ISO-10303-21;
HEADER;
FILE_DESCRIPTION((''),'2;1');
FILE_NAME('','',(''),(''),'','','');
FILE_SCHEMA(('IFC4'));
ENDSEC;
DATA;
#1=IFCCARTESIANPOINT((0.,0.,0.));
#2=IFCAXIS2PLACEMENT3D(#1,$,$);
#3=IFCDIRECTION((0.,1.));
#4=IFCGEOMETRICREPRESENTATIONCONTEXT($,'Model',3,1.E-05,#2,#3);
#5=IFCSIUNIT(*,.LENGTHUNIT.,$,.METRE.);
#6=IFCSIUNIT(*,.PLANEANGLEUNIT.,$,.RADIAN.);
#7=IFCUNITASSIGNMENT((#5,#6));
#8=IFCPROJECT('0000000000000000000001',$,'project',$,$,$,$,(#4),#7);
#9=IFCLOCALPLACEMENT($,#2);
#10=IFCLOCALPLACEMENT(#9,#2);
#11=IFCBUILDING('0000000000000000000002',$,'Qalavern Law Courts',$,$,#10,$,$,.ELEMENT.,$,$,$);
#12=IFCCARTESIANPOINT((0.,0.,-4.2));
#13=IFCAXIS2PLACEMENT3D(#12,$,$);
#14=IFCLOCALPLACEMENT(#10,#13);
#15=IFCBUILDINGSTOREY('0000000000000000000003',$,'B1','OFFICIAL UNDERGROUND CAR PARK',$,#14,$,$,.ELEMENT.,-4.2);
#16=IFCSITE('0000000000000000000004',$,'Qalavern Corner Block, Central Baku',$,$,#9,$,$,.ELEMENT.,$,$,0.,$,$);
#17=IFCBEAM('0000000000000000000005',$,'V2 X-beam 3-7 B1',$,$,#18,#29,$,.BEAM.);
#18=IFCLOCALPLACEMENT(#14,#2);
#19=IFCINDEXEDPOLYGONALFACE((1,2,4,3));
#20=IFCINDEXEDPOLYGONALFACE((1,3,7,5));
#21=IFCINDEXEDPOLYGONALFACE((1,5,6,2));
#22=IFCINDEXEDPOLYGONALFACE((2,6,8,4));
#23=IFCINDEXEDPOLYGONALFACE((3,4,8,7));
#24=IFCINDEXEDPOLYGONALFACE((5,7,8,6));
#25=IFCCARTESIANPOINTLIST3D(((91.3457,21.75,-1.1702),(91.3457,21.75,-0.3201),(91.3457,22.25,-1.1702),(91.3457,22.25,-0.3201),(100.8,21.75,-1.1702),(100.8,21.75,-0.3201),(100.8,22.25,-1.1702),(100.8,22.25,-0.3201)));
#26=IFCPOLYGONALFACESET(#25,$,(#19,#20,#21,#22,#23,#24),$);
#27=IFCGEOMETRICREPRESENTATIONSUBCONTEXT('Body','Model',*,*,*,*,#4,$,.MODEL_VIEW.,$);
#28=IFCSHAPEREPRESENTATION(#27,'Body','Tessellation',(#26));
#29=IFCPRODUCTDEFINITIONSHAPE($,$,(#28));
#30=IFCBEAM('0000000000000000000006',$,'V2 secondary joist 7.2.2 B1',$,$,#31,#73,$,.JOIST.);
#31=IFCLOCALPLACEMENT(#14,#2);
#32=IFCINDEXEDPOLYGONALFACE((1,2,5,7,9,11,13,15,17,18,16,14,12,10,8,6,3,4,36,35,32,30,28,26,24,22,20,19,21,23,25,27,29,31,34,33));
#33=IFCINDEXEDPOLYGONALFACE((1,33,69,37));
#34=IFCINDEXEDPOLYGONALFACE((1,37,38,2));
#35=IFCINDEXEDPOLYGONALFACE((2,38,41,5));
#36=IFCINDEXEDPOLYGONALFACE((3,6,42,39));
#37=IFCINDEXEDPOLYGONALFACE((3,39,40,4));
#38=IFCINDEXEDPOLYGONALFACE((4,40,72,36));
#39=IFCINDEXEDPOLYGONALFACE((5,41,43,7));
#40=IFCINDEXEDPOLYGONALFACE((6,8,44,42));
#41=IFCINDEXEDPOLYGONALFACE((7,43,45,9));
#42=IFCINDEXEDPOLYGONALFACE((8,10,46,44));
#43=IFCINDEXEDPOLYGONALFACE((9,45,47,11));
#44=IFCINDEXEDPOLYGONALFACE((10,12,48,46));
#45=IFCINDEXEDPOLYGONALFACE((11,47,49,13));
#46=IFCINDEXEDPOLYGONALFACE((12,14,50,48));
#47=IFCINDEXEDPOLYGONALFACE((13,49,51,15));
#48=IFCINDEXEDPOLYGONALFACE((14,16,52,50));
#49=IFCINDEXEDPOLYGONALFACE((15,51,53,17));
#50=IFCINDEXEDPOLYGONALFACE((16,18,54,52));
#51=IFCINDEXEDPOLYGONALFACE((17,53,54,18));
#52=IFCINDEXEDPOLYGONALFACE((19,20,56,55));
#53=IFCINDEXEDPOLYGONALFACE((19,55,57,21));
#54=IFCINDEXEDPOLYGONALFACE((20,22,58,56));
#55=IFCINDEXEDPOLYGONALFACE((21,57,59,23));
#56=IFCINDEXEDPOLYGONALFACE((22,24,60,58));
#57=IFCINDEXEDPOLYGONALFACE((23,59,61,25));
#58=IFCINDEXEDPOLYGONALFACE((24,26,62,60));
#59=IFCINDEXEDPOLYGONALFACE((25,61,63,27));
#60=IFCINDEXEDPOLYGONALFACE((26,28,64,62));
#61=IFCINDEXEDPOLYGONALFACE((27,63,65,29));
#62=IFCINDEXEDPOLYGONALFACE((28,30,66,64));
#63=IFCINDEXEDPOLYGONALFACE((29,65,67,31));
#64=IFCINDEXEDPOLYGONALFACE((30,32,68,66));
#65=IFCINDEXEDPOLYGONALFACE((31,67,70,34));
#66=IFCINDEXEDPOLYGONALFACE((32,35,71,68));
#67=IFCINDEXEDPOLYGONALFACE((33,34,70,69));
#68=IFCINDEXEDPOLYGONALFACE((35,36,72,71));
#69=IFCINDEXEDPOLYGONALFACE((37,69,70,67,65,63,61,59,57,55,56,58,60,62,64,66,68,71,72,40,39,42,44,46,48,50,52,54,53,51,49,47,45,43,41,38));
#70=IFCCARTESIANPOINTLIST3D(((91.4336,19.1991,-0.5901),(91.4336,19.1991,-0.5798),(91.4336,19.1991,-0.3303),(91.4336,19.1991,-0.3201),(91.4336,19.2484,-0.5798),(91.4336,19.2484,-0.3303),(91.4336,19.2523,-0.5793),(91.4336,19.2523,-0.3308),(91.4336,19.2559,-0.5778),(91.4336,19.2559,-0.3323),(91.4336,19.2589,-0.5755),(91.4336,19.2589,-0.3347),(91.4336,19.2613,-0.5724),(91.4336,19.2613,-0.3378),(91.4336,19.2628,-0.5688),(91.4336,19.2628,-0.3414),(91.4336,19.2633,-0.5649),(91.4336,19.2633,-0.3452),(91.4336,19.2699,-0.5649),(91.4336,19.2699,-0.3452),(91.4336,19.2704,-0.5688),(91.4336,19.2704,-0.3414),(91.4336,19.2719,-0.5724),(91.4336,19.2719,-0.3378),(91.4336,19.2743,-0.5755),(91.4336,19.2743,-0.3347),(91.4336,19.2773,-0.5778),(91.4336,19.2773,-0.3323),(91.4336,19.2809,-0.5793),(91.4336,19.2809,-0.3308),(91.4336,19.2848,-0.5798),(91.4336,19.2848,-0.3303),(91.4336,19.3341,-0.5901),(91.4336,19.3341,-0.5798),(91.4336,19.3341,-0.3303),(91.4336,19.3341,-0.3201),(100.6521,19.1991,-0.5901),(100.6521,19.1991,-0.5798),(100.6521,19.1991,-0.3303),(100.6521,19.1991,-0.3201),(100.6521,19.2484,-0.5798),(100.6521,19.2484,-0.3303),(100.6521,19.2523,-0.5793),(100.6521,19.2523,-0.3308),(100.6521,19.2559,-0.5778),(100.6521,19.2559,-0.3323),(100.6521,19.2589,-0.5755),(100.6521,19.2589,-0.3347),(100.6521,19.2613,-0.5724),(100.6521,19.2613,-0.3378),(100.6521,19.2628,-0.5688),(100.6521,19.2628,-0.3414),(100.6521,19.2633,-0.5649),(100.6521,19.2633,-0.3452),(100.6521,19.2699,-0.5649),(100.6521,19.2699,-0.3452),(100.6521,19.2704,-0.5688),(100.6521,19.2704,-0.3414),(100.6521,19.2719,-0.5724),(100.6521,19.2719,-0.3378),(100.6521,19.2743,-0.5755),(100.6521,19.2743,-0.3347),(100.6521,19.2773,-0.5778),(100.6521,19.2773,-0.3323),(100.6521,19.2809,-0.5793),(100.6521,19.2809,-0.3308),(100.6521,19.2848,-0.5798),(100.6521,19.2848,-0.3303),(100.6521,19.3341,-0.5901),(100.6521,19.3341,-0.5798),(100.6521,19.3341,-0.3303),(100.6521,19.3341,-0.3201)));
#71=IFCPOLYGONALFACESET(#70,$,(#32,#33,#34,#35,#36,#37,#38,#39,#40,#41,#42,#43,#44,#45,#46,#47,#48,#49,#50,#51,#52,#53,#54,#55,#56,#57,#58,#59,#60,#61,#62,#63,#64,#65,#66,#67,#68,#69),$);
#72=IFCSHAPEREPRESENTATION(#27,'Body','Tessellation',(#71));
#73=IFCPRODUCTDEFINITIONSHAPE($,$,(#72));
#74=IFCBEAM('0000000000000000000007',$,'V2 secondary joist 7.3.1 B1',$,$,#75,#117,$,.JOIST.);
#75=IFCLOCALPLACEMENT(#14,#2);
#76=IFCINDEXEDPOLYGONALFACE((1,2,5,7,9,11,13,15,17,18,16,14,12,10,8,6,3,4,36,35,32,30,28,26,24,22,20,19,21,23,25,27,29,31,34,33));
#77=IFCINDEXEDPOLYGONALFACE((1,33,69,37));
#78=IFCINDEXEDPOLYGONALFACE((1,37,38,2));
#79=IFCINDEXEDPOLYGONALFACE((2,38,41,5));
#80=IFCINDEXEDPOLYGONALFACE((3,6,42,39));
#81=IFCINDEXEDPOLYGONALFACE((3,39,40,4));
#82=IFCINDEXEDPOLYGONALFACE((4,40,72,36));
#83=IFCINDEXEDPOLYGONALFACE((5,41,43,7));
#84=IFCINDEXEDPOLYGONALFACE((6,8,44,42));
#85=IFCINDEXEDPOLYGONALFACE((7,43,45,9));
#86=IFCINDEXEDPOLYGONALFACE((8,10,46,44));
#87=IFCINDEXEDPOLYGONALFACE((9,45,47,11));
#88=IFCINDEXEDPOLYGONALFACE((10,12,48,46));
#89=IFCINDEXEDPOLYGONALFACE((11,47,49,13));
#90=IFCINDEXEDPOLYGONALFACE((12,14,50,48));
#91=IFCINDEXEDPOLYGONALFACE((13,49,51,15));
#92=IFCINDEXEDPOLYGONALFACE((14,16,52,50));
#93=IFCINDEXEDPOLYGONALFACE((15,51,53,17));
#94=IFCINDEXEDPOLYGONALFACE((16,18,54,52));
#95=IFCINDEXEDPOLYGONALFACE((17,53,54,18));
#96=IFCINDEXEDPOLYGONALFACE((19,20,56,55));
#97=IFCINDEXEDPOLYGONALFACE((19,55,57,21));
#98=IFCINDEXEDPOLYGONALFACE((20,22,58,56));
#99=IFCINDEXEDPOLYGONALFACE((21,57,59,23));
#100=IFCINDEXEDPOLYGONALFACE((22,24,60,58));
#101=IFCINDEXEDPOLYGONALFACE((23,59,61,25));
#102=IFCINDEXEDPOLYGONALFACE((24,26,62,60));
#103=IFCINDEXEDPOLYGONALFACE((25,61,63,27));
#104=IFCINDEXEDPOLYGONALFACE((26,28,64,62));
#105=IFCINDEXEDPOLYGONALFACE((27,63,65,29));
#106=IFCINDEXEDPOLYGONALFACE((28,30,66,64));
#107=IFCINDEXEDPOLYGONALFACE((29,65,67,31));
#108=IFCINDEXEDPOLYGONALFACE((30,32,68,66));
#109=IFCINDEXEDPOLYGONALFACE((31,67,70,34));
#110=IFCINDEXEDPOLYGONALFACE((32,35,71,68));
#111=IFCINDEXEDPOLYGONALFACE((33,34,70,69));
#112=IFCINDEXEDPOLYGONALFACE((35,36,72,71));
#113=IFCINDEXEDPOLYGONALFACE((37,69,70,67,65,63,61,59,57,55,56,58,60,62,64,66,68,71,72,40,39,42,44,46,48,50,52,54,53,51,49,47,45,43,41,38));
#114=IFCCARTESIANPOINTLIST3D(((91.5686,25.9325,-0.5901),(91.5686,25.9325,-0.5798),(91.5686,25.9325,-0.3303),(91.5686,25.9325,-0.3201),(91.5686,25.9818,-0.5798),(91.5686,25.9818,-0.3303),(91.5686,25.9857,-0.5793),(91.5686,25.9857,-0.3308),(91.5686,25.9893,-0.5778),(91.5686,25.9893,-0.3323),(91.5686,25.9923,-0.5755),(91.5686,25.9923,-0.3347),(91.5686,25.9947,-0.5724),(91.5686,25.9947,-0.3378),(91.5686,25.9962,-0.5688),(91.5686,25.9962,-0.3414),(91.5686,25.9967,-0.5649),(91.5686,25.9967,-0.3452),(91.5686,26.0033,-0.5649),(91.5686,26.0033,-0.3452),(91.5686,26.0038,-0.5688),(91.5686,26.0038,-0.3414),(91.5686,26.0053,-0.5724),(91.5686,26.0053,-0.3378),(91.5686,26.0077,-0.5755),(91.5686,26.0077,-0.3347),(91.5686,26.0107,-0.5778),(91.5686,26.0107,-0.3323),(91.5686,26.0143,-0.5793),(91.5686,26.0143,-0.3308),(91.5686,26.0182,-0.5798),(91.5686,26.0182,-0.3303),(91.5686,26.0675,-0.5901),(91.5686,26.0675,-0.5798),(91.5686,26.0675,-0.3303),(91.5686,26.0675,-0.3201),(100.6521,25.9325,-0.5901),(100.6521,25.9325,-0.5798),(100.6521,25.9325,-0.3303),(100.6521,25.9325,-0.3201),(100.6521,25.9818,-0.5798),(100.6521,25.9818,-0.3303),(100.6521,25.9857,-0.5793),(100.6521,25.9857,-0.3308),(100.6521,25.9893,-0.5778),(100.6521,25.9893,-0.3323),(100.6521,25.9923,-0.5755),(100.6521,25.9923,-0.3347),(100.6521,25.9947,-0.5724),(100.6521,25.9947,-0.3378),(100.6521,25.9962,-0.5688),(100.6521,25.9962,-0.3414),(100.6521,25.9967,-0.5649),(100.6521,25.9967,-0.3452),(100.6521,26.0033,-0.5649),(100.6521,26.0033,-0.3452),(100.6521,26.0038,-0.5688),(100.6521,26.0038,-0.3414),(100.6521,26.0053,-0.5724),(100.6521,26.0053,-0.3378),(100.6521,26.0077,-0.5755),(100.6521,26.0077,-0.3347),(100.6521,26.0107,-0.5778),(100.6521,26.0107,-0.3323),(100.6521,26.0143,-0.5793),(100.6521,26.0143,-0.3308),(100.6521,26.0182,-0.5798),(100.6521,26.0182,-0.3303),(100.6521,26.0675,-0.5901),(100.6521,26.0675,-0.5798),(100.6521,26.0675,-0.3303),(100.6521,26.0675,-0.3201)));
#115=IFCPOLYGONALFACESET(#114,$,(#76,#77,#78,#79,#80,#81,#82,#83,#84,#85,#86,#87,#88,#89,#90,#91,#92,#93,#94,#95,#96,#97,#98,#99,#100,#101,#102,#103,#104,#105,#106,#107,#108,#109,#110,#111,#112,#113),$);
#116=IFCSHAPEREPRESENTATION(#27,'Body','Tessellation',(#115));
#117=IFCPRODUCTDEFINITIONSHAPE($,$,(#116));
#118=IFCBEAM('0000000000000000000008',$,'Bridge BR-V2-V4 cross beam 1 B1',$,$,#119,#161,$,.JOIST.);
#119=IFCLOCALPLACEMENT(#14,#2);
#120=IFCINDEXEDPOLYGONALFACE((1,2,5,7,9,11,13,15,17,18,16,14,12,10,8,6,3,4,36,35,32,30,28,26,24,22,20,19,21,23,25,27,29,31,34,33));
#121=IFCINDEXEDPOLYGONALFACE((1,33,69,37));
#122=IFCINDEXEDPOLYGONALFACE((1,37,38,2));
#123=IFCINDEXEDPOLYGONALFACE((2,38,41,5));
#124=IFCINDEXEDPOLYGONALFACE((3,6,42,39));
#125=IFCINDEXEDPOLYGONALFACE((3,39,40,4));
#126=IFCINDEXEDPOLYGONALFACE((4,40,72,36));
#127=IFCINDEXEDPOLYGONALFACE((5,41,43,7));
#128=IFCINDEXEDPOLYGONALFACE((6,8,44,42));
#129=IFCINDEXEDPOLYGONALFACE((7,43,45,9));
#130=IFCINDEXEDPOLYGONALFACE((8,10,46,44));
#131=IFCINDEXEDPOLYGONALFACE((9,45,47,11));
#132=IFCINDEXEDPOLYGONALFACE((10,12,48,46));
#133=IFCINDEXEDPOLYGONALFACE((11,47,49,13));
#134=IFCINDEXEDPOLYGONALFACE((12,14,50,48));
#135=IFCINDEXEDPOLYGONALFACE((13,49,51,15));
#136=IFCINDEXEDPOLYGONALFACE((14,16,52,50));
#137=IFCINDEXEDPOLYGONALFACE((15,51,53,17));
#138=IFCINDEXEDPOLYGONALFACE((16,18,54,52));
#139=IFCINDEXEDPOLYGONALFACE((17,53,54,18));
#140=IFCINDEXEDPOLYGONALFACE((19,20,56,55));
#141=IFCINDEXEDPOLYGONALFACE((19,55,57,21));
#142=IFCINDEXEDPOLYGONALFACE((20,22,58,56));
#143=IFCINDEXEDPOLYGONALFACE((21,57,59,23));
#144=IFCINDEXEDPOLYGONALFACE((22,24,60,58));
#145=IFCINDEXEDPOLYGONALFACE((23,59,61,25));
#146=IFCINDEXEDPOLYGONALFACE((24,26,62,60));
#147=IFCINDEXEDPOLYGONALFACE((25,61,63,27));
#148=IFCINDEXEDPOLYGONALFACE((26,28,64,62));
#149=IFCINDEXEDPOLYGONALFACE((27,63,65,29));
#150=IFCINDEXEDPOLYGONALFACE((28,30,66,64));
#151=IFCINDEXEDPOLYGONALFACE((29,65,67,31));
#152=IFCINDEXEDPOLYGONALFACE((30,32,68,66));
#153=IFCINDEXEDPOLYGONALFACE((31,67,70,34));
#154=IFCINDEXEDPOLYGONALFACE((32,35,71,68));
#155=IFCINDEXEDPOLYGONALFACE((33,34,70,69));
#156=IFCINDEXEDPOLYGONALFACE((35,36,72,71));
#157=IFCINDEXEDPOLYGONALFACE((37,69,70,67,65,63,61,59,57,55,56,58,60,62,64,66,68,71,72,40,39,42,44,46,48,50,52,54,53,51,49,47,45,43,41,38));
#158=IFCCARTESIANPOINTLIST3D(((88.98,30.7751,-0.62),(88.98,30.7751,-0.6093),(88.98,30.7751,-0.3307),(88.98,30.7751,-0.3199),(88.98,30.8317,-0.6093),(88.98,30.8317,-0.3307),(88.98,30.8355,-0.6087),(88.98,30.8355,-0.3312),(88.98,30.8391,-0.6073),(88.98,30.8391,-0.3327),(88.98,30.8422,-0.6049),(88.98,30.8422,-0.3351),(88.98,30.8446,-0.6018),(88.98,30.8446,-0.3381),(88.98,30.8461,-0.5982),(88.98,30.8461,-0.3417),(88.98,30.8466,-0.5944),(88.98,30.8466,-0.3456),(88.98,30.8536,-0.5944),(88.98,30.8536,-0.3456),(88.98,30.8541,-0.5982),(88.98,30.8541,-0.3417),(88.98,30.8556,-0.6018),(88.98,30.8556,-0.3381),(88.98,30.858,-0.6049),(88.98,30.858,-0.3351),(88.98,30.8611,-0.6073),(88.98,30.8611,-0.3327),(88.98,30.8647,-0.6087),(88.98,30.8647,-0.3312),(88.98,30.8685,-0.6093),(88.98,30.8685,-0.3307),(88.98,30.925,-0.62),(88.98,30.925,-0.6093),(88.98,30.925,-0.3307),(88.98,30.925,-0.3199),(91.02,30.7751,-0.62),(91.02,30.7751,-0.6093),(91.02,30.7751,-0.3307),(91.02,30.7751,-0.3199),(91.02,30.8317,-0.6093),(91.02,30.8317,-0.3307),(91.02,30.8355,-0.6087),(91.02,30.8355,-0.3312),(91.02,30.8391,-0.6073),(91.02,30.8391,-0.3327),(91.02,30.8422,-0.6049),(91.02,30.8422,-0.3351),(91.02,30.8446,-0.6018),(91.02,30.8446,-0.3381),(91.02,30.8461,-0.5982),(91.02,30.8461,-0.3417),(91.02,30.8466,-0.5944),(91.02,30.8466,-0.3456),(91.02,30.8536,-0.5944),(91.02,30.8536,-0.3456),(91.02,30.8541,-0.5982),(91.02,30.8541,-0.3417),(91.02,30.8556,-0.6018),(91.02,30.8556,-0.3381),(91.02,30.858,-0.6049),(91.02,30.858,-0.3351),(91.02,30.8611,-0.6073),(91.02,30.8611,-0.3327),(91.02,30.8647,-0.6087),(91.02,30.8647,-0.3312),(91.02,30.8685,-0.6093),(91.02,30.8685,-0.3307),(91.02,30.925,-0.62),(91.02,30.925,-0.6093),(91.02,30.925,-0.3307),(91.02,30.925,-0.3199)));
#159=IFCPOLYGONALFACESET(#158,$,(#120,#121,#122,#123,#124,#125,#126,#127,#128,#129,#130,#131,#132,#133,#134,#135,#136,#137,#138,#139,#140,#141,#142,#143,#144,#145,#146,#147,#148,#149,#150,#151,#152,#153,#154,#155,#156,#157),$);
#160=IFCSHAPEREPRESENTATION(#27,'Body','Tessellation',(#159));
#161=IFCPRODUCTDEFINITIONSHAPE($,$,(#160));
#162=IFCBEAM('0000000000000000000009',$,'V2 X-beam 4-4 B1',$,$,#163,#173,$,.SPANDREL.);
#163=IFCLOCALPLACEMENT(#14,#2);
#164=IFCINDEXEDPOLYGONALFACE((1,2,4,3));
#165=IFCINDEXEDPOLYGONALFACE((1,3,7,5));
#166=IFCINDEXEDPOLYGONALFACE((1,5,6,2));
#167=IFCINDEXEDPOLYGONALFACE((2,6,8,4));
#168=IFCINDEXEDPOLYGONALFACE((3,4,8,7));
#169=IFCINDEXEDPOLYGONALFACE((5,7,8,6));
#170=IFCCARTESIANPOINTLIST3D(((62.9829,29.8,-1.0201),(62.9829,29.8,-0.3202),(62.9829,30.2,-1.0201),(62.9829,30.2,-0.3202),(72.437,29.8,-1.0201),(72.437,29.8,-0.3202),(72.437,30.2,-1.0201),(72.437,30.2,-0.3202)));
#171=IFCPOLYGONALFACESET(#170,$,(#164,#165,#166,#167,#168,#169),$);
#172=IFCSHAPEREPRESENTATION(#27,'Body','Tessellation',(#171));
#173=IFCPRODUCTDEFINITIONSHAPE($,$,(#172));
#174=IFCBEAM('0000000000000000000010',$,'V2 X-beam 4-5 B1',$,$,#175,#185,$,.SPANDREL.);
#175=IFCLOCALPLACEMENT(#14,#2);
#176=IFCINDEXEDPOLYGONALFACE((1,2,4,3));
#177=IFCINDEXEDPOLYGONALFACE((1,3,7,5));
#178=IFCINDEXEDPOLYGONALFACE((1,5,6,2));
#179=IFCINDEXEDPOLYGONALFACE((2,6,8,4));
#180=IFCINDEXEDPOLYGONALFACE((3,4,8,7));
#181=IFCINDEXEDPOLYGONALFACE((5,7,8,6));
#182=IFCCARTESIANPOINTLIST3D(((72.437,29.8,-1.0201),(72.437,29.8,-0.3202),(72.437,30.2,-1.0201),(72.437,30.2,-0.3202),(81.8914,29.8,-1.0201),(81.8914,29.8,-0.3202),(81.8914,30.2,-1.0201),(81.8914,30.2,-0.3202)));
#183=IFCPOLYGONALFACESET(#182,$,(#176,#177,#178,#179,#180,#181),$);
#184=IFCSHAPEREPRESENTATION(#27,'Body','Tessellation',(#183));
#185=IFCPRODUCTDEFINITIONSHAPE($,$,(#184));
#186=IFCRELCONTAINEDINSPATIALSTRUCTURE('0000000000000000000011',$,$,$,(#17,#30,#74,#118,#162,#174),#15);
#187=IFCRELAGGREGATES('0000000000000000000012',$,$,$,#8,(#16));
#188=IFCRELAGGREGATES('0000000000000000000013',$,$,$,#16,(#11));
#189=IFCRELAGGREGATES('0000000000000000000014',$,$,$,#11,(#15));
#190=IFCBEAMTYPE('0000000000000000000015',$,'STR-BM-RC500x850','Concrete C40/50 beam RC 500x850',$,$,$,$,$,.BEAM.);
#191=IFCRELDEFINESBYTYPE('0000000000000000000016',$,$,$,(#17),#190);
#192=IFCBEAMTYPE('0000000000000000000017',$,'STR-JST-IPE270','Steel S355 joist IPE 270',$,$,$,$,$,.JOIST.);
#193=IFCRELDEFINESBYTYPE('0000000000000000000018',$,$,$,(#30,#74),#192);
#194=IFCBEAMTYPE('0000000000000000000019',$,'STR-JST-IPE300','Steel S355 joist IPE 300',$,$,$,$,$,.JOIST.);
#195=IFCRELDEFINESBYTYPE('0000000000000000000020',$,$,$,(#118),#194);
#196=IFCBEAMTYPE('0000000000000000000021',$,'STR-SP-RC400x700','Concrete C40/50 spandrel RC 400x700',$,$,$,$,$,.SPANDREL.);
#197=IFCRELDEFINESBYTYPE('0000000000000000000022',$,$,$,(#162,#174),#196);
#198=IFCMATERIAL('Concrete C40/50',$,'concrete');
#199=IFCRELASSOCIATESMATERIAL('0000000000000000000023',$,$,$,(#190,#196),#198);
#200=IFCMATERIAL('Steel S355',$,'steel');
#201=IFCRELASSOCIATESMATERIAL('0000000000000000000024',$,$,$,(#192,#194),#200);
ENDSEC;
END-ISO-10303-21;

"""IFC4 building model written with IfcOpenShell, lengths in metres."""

from ifc_helpers import new_model, si_unit, direction, frame, origin, origin_2d, place, context, subcontext, project, spatial, rectangle, i_section, extrude, material, material_profile, profile_set, type_object, element, save


model = new_model("IFC4")

# Units and contexts
model_context = context("Model", 3, precision=1e-05, world=origin(), true_north=direction((0.0, 1.0)))
body_context = subcontext(model_context, "Body", "Model", "MODEL_VIEW")
ifc_project = project(units=[si_unit("LENGTHUNIT", "METRE"), si_unit("PLANEANGLEUNIT", "RADIAN")], contexts=[model_context])

# Site, building, storey
site_placement = place(None, origin())
site = spatial("IfcSite", under=ifc_project, at=site_placement, Name="Qalavern Corner Block, Central Baku", CompositionType="ELEMENT", RefElevation=0.0)
building_placement = place(site_placement, origin())
building = spatial("IfcBuilding", under=site, at=building_placement, Name="Qalavern Law Courts", CompositionType="ELEMENT")
storey_placement = place(building_placement, frame((0.0, 0.0, -4.2)))
storey = spatial("IfcBuildingStorey", under=building, at=storey_placement, Name="B1", Description="OFFICIAL UNDERGROUND CAR PARK", CompositionType="ELEMENT", Elevation=-4.2)

# Beams
ifc_material_1 = material(Name="Steel S355", Category="steel")
ifc_material_2 = material(Name="Concrete C40/50", Category="concrete")
ifc_material_profile_1 = material_profile(ifc_material_2, rectangle(XDim=0.5, YDim=0.8501, at=origin_2d()), Name="RC 500x850")
ifc_profile_set_1 = profile_set([ifc_material_profile_1], Name="Concrete C40/50")
beam_type_1 = type_object("IfcBeamType", Name="STR-BM-RC500x850", Description="Concrete C40/50 beam RC 500x850", PredefinedType="BEAM", material=ifc_profile_set_1)
beam_1_placement = place(storey_placement, frame((91.3457, 22.0, -0.7451), z_axis=(1.0, 0.0, 0.0), x_axis=(0.0, 1.0, 0.0)))
element("IfcBeam", 1, at=beam_1_placement, inside=storey, type_object=beam_type_1, Name="V2 X-beam 3-7 B1", PredefinedType="BEAM", context=body_context, shape_type="SweptSolid", body=[
    extrude(rectangle(XDim=0.5, YDim=0.8501, at=origin_2d()), origin(), (0.0, 0.0, 1.0), 9.4543),
])
ifc_material_profile_2 = material_profile(ifc_material_1, i_section(OverallWidth=0.135, OverallDepth=0.27, WebThickness=0.0066, FlangeThickness=0.0103, FilletRadius=0.0149, at=origin_2d()), Name="IPE 270")
ifc_profile_set_2 = profile_set([ifc_material_profile_2], Name="Steel S355")
beam_type_2 = type_object("IfcBeamType", Name="STR-JST-IPE270", Description="Steel S355 joist IPE 270", PredefinedType="JOIST", material=ifc_profile_set_2)
beam_2_placement = place(storey_placement, frame((91.4336, 19.2666, -0.4551), z_axis=(1.0, 0.0, 0.0), x_axis=(0.0, 1.0, 0.0)))
element("IfcBeam", 2, at=beam_2_placement, inside=storey, type_object=beam_type_2, Name="V2 secondary joist 7.2.2 B1", PredefinedType="JOIST", context=body_context, shape_type="SweptSolid", body=[
    extrude(i_section(OverallWidth=0.135, OverallDepth=0.27, WebThickness=0.0066, FlangeThickness=0.0103, FilletRadius=0.0149, at=origin_2d()), origin(), (0.0, 0.0, 1.0), 9.2185),
])
beam_3_placement = place(storey_placement, frame((91.5686, 26.0, -0.4551), z_axis=(1.0, 0.0, 0.0), x_axis=(0.0, 1.0, 0.0)))
element("IfcBeam", 3, at=beam_3_placement, inside=storey, type_object=beam_type_2, Name="V2 secondary joist 7.3.1 B1", PredefinedType="JOIST", context=body_context, shape_type="SweptSolid", body=[
    extrude(i_section(OverallWidth=0.135, OverallDepth=0.27, WebThickness=0.0066, FlangeThickness=0.0103, FilletRadius=0.0149, at=origin_2d()), origin(), (0.0, 0.0, 1.0), 9.0835),
])
ifc_material_profile_3 = material_profile(ifc_material_1, i_section(OverallWidth=0.1499, OverallDepth=0.3, WebThickness=0.0071, FlangeThickness=0.0107, FilletRadius=0.0149, at=origin_2d()), Name="IPE 300")
ifc_profile_set_3 = profile_set([ifc_material_profile_3], Name="Steel S355")
beam_type_3 = type_object("IfcBeamType", Name="STR-JST-IPE300", Description="Steel S355 joist IPE 300", PredefinedType="JOIST", material=ifc_profile_set_3)
beam_4_placement = place(storey_placement, frame((88.98, 30.8501, -0.47), z_axis=(1.0, 0.0, 0.0), x_axis=(0.0, 1.0, 0.0)))
element("IfcBeam", 4, at=beam_4_placement, inside=storey, type_object=beam_type_3, Name="Bridge BR-V2-V4 cross beam 1 B1", PredefinedType="JOIST", context=body_context, shape_type="SweptSolid", body=[
    extrude(i_section(OverallWidth=0.1499, OverallDepth=0.3, WebThickness=0.0071, FlangeThickness=0.0107, FilletRadius=0.0149, at=origin_2d()), origin(), (0.0, 0.0, 1.0), 2.04),
])
ifc_material_profile_4 = material_profile(ifc_material_2, rectangle(XDim=0.3999, YDim=0.7, at=origin_2d()), Name="RC 400x700")
ifc_profile_set_4 = profile_set([ifc_material_profile_4], Name="Concrete C40/50")
beam_type_4 = type_object("IfcBeamType", Name="STR-SP-RC400x700", Description="Concrete C40/50 spandrel RC 400x700", PredefinedType="SPANDREL", material=ifc_profile_set_4)
beam_5_placement = place(storey_placement, frame((62.9829, 30.0, -0.6702), z_axis=(1.0, 0.0, 0.0), x_axis=(0.0, 1.0, 0.0)))
element("IfcBeam", 5, at=beam_5_placement, inside=storey, type_object=beam_type_4, Name="V2 X-beam 4-4 B1", PredefinedType="SPANDREL", context=body_context, shape_type="SweptSolid", body=[
    extrude(rectangle(XDim=0.3999, YDim=0.7, at=origin_2d()), origin(), (0.0, 0.0, 1.0), 9.4541),
])
for number, where, z_axis, x_axis, name in (
    (6, (72.437, 30.0, -0.6702), (1.0, 0.0, 0.0), (0.0, 1.0, 0.0), "V2 X-beam 4-5 B1"),
):
    element("IfcBeam", number, at=place(storey_placement, frame(where, z_axis=z_axis, x_axis=x_axis)), inside=storey, type_object=beam_type_4, Name=name, PredefinedType="SPANDREL", context=body_context, shape_type="SweptSolid", body=[
        extrude(rectangle(XDim=0.3999, YDim=0.7, at=origin_2d()), origin(), (0.0, 0.0, 1.0), 9.4543),
    ])

save(model, "model.ifc")
